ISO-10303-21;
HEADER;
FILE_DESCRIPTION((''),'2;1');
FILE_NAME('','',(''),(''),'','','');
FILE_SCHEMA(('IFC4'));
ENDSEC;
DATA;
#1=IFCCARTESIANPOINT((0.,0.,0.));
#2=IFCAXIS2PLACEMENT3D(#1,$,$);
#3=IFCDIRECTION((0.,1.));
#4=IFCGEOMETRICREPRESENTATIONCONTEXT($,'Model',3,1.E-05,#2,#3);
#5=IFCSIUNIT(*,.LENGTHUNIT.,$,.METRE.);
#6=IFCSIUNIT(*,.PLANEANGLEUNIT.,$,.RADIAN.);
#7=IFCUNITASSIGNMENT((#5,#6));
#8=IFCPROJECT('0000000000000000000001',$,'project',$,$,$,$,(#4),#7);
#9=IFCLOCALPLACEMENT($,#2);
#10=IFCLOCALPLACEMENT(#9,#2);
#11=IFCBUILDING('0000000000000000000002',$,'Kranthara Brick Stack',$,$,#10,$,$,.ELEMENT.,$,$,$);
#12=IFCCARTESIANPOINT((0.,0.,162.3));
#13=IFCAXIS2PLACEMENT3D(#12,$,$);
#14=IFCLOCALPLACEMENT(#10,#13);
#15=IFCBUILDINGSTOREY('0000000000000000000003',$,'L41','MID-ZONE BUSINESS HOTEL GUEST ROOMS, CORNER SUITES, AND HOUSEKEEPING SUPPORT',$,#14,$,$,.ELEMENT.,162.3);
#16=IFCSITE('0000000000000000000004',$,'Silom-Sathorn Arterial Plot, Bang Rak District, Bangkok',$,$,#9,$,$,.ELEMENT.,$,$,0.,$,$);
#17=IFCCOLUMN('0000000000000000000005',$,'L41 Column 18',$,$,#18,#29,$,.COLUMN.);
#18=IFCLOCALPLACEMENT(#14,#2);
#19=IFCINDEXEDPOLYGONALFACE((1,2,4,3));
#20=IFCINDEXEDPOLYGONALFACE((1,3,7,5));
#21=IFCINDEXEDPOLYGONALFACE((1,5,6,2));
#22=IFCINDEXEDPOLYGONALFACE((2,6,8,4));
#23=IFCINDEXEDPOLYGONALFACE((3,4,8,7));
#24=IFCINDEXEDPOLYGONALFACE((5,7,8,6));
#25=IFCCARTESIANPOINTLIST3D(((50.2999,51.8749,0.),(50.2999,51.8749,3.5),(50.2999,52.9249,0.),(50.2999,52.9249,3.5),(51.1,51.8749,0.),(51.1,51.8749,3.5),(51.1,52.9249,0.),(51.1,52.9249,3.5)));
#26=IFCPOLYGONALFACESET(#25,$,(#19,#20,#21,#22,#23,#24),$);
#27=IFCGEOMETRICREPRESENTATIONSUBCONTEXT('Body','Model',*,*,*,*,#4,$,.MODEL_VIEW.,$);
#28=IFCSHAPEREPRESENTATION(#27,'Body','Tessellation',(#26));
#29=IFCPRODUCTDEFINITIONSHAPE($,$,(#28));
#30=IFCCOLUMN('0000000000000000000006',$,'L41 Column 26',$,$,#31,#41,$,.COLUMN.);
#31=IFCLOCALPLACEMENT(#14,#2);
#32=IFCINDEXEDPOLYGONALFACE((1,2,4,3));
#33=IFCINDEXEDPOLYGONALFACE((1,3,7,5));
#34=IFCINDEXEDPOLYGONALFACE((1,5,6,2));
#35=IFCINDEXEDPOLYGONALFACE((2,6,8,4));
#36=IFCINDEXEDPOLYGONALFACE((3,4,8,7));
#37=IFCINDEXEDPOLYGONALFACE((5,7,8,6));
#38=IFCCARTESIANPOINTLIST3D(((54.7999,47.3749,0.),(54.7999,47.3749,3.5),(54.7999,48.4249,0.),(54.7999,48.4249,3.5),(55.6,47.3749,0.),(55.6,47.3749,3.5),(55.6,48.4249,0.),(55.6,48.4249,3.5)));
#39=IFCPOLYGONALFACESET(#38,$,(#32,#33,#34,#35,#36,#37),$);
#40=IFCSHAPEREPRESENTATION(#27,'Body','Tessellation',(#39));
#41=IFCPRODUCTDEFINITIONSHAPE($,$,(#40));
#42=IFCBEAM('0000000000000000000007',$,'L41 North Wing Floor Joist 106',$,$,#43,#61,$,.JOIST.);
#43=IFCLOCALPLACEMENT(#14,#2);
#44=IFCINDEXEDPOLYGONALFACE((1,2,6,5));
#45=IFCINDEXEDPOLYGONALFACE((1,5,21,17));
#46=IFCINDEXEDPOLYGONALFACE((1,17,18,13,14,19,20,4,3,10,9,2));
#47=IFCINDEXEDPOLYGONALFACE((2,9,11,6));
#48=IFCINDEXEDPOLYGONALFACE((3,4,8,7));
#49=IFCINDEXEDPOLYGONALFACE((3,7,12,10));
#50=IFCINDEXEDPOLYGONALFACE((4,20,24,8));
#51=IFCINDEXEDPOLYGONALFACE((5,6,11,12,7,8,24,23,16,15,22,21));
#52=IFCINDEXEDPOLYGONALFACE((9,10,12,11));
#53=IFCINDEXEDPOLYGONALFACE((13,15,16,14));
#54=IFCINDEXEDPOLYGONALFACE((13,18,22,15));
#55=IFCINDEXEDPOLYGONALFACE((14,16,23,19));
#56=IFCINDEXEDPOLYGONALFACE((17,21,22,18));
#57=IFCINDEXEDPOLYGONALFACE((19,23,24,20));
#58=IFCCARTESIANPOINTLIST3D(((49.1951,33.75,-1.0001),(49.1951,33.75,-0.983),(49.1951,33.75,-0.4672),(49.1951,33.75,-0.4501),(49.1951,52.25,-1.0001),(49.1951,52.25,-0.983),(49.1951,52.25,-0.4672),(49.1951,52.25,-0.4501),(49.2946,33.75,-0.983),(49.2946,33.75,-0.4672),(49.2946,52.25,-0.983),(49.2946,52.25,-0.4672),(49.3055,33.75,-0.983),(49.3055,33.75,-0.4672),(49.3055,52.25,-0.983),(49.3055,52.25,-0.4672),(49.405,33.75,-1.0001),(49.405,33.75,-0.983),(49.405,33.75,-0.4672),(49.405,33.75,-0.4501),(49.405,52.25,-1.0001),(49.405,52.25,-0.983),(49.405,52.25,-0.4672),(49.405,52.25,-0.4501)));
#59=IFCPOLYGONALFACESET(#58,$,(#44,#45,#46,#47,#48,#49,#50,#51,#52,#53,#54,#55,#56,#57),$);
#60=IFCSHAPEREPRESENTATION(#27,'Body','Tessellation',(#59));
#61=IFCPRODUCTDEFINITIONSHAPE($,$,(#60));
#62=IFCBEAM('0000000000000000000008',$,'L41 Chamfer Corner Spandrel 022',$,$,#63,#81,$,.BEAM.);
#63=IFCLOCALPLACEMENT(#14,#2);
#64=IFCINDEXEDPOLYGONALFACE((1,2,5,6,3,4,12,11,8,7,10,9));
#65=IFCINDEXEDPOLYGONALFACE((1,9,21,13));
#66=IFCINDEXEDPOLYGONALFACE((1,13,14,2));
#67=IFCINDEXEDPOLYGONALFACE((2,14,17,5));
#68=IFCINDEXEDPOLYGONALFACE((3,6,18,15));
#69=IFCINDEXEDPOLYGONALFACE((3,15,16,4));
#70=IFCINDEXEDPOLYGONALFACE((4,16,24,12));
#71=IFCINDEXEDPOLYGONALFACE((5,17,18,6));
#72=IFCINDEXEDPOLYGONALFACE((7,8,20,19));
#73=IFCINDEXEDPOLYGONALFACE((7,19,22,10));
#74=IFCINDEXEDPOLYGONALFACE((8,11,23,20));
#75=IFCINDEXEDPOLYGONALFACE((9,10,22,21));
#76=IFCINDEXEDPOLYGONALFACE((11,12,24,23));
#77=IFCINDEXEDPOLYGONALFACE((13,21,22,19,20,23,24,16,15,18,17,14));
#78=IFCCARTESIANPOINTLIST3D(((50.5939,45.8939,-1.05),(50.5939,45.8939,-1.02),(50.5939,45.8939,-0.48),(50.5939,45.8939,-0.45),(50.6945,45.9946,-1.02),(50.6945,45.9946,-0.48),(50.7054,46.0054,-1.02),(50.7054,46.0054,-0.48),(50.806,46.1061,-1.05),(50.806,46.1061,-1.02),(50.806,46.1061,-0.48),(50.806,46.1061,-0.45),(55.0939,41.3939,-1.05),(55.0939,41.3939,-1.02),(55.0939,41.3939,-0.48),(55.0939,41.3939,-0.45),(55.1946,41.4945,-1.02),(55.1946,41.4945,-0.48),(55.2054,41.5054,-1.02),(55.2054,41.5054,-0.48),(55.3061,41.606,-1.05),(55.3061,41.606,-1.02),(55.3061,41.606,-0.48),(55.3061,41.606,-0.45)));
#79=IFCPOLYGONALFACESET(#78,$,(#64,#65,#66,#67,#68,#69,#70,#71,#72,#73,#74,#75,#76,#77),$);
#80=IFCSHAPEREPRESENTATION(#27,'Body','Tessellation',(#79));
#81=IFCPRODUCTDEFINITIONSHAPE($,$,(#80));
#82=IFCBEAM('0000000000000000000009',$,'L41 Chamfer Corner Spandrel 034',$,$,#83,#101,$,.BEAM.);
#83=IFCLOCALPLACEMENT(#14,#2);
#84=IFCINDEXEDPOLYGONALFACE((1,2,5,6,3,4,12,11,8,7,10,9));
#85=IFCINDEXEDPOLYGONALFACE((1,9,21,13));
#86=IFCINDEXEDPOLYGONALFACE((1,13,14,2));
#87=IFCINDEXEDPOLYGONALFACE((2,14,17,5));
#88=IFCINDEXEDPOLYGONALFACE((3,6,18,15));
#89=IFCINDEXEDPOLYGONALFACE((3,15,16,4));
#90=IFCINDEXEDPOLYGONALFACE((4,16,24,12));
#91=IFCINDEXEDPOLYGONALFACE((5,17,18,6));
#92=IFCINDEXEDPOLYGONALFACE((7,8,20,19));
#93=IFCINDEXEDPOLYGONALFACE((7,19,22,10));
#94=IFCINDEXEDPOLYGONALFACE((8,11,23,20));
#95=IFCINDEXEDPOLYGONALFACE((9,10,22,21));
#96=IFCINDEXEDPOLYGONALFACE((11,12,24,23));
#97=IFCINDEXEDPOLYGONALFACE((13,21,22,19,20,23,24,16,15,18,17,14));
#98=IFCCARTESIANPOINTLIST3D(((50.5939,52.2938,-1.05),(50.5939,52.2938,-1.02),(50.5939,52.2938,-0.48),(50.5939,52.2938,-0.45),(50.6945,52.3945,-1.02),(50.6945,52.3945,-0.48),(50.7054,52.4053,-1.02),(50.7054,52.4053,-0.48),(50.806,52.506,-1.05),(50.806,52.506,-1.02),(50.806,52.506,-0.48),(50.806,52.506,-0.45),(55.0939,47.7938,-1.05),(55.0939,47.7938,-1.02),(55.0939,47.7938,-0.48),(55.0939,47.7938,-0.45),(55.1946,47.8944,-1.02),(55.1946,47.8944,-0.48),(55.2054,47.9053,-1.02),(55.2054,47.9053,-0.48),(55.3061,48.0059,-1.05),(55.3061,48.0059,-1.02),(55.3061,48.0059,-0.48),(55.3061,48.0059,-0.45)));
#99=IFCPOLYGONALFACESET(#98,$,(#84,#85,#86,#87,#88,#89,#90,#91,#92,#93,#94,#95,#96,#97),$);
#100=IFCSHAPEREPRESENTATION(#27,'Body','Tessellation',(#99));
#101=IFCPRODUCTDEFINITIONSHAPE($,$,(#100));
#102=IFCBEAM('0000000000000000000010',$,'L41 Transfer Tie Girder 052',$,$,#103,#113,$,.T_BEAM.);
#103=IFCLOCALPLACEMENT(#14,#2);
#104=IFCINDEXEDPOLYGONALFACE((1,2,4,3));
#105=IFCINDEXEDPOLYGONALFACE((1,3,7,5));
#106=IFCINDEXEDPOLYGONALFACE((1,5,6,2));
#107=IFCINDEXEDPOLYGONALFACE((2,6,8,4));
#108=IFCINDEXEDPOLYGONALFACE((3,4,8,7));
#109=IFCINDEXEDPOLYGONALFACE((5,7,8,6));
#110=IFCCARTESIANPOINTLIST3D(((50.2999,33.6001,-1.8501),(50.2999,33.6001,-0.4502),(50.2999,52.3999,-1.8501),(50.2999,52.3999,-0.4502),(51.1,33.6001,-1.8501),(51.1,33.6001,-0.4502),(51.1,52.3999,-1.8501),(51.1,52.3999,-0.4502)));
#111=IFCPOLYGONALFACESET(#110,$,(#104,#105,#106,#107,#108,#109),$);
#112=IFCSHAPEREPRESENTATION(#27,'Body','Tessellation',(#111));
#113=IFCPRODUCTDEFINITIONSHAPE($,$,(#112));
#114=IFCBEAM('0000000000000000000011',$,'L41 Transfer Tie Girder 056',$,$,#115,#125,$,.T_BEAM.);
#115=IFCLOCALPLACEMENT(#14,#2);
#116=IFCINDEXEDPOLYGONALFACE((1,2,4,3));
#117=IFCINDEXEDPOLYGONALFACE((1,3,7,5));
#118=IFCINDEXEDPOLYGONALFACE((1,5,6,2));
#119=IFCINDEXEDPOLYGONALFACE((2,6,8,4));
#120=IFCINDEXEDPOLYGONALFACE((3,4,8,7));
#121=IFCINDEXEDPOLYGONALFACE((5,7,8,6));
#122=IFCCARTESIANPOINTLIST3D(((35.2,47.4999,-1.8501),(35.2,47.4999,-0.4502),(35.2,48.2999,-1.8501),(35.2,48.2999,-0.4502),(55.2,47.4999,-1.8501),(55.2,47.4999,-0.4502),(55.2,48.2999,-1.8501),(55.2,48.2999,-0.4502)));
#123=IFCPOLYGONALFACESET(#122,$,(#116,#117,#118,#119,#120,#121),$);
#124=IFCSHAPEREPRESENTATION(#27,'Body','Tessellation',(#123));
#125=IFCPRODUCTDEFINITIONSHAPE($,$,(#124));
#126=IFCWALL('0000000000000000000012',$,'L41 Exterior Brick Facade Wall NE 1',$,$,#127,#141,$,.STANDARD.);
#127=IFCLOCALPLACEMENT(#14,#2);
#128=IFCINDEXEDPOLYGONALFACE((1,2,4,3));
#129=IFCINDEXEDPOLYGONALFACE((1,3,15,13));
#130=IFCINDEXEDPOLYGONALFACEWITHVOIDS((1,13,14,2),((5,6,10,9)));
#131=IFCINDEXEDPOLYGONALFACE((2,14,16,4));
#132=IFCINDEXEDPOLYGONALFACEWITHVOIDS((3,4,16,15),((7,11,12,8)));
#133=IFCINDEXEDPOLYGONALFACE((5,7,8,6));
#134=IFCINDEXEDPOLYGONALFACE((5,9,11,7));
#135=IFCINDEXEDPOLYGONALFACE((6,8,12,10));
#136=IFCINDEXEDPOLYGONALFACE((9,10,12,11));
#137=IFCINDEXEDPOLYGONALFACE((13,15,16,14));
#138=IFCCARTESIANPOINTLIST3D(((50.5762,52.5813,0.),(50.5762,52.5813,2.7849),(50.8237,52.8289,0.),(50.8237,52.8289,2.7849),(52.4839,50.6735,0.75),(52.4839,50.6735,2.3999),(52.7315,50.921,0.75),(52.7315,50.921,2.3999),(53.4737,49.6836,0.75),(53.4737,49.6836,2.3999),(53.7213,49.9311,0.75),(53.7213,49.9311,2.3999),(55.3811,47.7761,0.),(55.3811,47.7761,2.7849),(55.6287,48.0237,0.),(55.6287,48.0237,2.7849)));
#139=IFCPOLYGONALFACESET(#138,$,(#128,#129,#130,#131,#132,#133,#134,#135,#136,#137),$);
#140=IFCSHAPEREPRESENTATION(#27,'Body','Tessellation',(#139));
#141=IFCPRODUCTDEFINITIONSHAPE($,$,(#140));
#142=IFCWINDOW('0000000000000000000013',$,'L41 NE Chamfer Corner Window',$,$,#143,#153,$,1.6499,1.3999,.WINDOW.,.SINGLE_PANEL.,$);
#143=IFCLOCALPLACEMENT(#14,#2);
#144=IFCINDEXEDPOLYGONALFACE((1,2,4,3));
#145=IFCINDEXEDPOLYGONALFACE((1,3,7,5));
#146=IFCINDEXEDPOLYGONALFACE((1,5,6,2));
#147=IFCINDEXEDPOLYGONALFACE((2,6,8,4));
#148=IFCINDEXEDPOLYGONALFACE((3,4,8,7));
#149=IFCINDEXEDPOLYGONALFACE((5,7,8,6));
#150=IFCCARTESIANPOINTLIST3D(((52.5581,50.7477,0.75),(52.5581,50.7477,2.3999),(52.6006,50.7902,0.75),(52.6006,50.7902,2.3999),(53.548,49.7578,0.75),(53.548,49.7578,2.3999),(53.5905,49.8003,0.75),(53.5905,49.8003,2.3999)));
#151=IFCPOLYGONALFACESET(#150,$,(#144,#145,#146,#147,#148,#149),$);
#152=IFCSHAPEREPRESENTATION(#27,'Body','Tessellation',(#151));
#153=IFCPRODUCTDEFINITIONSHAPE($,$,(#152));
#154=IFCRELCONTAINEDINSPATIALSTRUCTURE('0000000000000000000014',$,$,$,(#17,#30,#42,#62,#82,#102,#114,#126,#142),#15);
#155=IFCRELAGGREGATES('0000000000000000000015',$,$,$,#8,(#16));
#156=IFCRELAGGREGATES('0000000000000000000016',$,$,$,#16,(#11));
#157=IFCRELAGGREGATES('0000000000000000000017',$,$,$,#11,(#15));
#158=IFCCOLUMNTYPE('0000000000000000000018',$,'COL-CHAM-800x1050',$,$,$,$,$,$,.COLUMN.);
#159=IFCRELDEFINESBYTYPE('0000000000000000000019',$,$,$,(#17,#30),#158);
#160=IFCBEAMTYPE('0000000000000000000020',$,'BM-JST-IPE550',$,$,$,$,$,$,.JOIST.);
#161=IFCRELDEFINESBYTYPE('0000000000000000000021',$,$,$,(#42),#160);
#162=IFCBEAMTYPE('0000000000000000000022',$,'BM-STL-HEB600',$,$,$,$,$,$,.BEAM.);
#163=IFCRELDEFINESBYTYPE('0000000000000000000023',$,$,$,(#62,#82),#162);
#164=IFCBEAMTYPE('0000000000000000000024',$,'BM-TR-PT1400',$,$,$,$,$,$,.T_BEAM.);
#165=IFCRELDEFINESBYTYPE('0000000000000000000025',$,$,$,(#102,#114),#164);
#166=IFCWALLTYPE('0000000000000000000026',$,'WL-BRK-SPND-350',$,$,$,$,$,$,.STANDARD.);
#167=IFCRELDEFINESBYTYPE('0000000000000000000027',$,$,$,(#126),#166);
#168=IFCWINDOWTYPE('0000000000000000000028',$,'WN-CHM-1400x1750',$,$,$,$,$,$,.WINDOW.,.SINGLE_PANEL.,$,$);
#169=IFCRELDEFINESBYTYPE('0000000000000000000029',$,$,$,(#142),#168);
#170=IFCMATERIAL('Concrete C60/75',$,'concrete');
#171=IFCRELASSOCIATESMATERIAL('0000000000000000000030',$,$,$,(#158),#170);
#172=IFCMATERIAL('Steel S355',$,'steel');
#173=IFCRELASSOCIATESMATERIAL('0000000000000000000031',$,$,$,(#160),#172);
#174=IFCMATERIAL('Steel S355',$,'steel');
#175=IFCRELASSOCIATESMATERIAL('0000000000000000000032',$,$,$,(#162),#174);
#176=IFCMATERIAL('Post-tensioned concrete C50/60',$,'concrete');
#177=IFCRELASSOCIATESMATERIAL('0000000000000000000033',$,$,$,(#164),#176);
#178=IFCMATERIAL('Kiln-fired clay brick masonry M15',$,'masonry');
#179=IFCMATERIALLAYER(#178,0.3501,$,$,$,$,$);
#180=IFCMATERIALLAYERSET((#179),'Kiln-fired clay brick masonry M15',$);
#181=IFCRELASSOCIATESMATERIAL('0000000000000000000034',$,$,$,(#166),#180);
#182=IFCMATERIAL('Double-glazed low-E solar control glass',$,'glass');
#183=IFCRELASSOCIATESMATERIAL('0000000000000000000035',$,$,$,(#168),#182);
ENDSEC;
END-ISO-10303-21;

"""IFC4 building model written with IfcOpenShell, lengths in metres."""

from ifc_helpers import new_model, si_unit, direction, frame, frame_2d, origin, origin_2d, place, context, subcontext, project, spatial, rectangle, i_section, extrude, material, layer, layer_set, material_profile, profile_set, type_object, element, fill, save


model = new_model("IFC4")

# Units and contexts
model_context = context("Model", 3, precision=1e-05, world=origin(), true_north=direction((0.0, 1.0)))
body_context = subcontext(model_context, "Body", "Model", "MODEL_VIEW")
ifc_project = project(units=[si_unit("LENGTHUNIT", "METRE"), si_unit("PLANEANGLEUNIT", "RADIAN")], contexts=[model_context])

# Site, building, storey
site_placement = place(None, origin())
site = spatial("IfcSite", under=ifc_project, at=site_placement, Name="Silom-Sathorn Arterial Plot, Bang Rak District, Bangkok", CompositionType="ELEMENT", RefElevation=0.0)
building_placement = place(site_placement, origin())
building = spatial("IfcBuilding", under=site, at=building_placement, Name="Kranthara Brick Stack", CompositionType="ELEMENT")
storey_placement = place(building_placement, frame((0.0, 0.0, 162.3)))
storey = spatial("IfcBuildingStorey", under=building, at=storey_placement, Name="L41", Description="MID-ZONE BUSINESS HOTEL GUEST ROOMS, CORNER SUITES, AND HOUSEKEEPING SUPPORT", CompositionType="ELEMENT", Elevation=162.3)

# Columns
ifc_material_1 = material(Name="Concrete C60/75", Category="concrete")
ifc_material_profile_1 = material_profile(ifc_material_1, rectangle(XDim=0.8, YDim=1.05, at=origin_2d()), Name="RC 800x1050")
ifc_profile_set_1 = profile_set([ifc_material_profile_1], Name="Concrete C60/75")
column_type = type_object("IfcColumnType", Name="COL-CHAM-800x1050", PredefinedType="COLUMN", material=ifc_profile_set_1)
for number, where, z_axis, x_axis, name in (
    (1, (50.7, 52.3999, 0.0), (0.0, 0.0, 1.0), (1.0, 0.0, 0.0), "L41 Column 18"),
    (2, (55.2, 47.8999, 0.0), (0.0, 0.0, 1.0), (1.0, 0.0, 0.0), "L41 Column 26"),
):
    element("IfcColumn", number, at=place(storey_placement, frame(where, z_axis=z_axis, x_axis=x_axis)), inside=storey, type_object=column_type, Name=name, PredefinedType="COLUMN", context=body_context, shape_type="SweptSolid", body=[
        extrude(rectangle(XDim=0.8, YDim=1.05, at=origin_2d()), origin(), (0.0, 0.0, 1.0), 3.5),
    ])

# Beams
ifc_material_2 = material(Name="Steel S355", Category="steel")
ifc_material_profile_2 = material_profile(ifc_material_2, i_section(OverallWidth=0.21, OverallDepth=0.55, WebThickness=0.011, FlangeThickness=0.0171, at=origin_2d()), Name="IPE 550")
ifc_profile_set_2 = profile_set([ifc_material_profile_2], Name="Steel S355")
beam_type_1 = type_object("IfcBeamType", Name="BM-JST-IPE550", PredefinedType="JOIST", material=ifc_profile_set_2)
beam_1_placement = place(storey_placement, frame((49.3, 33.75, -0.7251), z_axis=(0.0, 1.0, 0.0), x_axis=(-1.0, 0.0, 0.0)))
element("IfcBeam", 3, at=beam_1_placement, inside=storey, type_object=beam_type_1, Name="L41 North Wing Floor Joist 106", PredefinedType="JOIST", context=body_context, shape_type="SweptSolid", body=[
    extrude(i_section(OverallWidth=0.21, OverallDepth=0.55, WebThickness=0.011, FlangeThickness=0.0171, at=origin_2d()), origin(), (0.0, 0.0, 1.0), 18.5),
])
ifc_material_3 = material(Name="Steel S355", Category="steel")
ifc_material_profile_3 = material_profile(ifc_material_3, i_section(OverallWidth=0.3, OverallDepth=0.6001, WebThickness=0.0154, FlangeThickness=0.03, at=origin_2d()), Name="HEB 600")
ifc_profile_set_3 = profile_set([ifc_material_profile_3], Name="Steel S355")
beam_type_2 = type_object("IfcBeamType", Name="BM-STL-HEB600", PredefinedType="BEAM", material=ifc_profile_set_3)
for number, where, z_axis, x_axis, name in (
    (4, (50.7, 46.0, -0.75), (0.707107, -0.707107, 0.0), (0.707107, 0.707107, 0.0), "L41 Chamfer Corner Spandrel 022"),
    (5, (50.7, 52.3999, -0.75), (0.707107, -0.707107, 0.0), (0.707107, 0.707107, 0.0), "L41 Chamfer Corner Spandrel 034"),
):
    element("IfcBeam", number, at=place(storey_placement, frame(where, z_axis=z_axis, x_axis=x_axis)), inside=storey, type_object=beam_type_2, Name=name, PredefinedType="BEAM", context=body_context, shape_type="SweptSolid", body=[
        extrude(i_section(OverallWidth=0.3, OverallDepth=0.6001, WebThickness=0.0154, FlangeThickness=0.03, at=origin_2d()), origin(), (0.0, 0.0, 1.0), 6.364),
    ])
ifc_material_4 = material(Name="Post-tensioned concrete C50/60", Category="concrete")
ifc_material_profile_4 = material_profile(ifc_material_4, rectangle(XDim=0.8, YDim=1.3999, at=origin_2d()), Name="PT 800x1400")
ifc_profile_set_4 = profile_set([ifc_material_profile_4], Name="Post-tensioned concrete C50/60")
beam_type_3 = type_object("IfcBeamType", Name="BM-TR-PT1400", PredefinedType="T_BEAM", material=ifc_profile_set_4)
beam_2_placement = place(storey_placement, frame((50.7, 52.3999, -1.1501), z_axis=(0.0, -1.0, 0.0), x_axis=(1.0, 0.0, 0.0)))
element("IfcBeam", 6, at=beam_2_placement, inside=storey, type_object=beam_type_3, Name="L41 Transfer Tie Girder 052", PredefinedType="T_BEAM", context=body_context, shape_type="SweptSolid", body=[
    extrude(rectangle(XDim=0.8, YDim=1.3999, at=origin_2d()), origin(), (0.0, 0.0, 1.0), 18.7998),
])
beam_3_placement = place(storey_placement, frame((55.2, 47.8999, -1.1501), z_axis=(-1.0, 0.0, 0.0), x_axis=(0.0, -1.0, 0.0)))
element("IfcBeam", 7, at=beam_3_placement, inside=storey, type_object=beam_type_3, Name="L41 Transfer Tie Girder 056", PredefinedType="T_BEAM", context=body_context, shape_type="SweptSolid", body=[
    extrude(rectangle(XDim=0.8, YDim=1.3999, at=origin_2d()), origin(), (0.0, 0.0, 1.0), 20.0),
])

# Wall, opening, window
ifc_material_5 = material(Name="Kiln-fired clay brick masonry M15", Category="masonry")
ifc_layer_1 = layer(ifc_material_5, 0.3501)
ifc_layer_set_1 = layer_set([ifc_layer_1], Name="Kiln-fired clay brick masonry M15")
wall_type_1 = type_object("IfcWallType", Name="WL-BRK-SPND-350", PredefinedType="STANDARD", material=ifc_layer_set_1)
wall_1_placement = place(storey_placement, frame((50.7, 52.7051, 0.0), z_axis=(0.0, 0.0, 1.0), x_axis=(0.707089, -0.707125, 0.0)))
wall_1 = element("IfcWall", 8, at=wall_1_placement, inside=storey, type_object=wall_type_1, Name="L41 Exterior Brick Facade Wall NE 1", PredefinedType="STANDARD", context=body_context, shape_type="SweptSolid", body=[
    extrude(rectangle(XDim=6.7954, YDim=0.3501, at=frame_2d((3.3977, 0.0))), origin(), (0.0, 0.0, 1.0), 2.7849),
])
opening_1_placement = place(wall_1_placement, frame((2.698, 0.0, 0.75)))
opening_1 = element("IfcOpeningElement", 9, at=opening_1_placement, cuts=wall_1, PredefinedType="OPENING", context=body_context, shape_type="SweptSolid", body=[
    extrude(rectangle(XDim=1.3999, YDim=1.6499, at=frame_2d((0.7, 0.825))), frame((0.0, 0.1851, 0.0), z_axis=(0.0, -1.0, 0.0), x_axis=(1.0, 0.0, 0.0)), (0.0, 0.0, 1.0), 0.3701),
])
ifc_material_6 = material(Name="Double-glazed low-E solar control glass", Category="glass")
window_type_1 = type_object("IfcWindowType", Name="WN-CHM-1400x1750", PartitioningType="SINGLE_PANEL", PredefinedType="WINDOW", material=ifc_material_6)
window_1_placement = place(opening_1_placement, origin())
window_1 = element("IfcWindow", 10, at=window_1_placement, inside=storey, type_object=window_type_1, Name="L41 NE Chamfer Corner Window", OverallHeight=1.6499, OverallWidth=1.3999, PartitioningType="SINGLE_PANEL", PredefinedType="WINDOW", context=body_context, shape_type="SweptSolid", body=[
    extrude(rectangle(XDim=1.3999, YDim=1.6499, at=frame_2d((0.7, 0.825))), frame((0.0, -0.01, 0.0), z_axis=(0.0, -1.0, 0.0), x_axis=(1.0, 0.0, 0.0)), (0.0, 0.0, 1.0), 0.0601),
])
fill(opening_1, window_1)

save(model, "model.ifc")
